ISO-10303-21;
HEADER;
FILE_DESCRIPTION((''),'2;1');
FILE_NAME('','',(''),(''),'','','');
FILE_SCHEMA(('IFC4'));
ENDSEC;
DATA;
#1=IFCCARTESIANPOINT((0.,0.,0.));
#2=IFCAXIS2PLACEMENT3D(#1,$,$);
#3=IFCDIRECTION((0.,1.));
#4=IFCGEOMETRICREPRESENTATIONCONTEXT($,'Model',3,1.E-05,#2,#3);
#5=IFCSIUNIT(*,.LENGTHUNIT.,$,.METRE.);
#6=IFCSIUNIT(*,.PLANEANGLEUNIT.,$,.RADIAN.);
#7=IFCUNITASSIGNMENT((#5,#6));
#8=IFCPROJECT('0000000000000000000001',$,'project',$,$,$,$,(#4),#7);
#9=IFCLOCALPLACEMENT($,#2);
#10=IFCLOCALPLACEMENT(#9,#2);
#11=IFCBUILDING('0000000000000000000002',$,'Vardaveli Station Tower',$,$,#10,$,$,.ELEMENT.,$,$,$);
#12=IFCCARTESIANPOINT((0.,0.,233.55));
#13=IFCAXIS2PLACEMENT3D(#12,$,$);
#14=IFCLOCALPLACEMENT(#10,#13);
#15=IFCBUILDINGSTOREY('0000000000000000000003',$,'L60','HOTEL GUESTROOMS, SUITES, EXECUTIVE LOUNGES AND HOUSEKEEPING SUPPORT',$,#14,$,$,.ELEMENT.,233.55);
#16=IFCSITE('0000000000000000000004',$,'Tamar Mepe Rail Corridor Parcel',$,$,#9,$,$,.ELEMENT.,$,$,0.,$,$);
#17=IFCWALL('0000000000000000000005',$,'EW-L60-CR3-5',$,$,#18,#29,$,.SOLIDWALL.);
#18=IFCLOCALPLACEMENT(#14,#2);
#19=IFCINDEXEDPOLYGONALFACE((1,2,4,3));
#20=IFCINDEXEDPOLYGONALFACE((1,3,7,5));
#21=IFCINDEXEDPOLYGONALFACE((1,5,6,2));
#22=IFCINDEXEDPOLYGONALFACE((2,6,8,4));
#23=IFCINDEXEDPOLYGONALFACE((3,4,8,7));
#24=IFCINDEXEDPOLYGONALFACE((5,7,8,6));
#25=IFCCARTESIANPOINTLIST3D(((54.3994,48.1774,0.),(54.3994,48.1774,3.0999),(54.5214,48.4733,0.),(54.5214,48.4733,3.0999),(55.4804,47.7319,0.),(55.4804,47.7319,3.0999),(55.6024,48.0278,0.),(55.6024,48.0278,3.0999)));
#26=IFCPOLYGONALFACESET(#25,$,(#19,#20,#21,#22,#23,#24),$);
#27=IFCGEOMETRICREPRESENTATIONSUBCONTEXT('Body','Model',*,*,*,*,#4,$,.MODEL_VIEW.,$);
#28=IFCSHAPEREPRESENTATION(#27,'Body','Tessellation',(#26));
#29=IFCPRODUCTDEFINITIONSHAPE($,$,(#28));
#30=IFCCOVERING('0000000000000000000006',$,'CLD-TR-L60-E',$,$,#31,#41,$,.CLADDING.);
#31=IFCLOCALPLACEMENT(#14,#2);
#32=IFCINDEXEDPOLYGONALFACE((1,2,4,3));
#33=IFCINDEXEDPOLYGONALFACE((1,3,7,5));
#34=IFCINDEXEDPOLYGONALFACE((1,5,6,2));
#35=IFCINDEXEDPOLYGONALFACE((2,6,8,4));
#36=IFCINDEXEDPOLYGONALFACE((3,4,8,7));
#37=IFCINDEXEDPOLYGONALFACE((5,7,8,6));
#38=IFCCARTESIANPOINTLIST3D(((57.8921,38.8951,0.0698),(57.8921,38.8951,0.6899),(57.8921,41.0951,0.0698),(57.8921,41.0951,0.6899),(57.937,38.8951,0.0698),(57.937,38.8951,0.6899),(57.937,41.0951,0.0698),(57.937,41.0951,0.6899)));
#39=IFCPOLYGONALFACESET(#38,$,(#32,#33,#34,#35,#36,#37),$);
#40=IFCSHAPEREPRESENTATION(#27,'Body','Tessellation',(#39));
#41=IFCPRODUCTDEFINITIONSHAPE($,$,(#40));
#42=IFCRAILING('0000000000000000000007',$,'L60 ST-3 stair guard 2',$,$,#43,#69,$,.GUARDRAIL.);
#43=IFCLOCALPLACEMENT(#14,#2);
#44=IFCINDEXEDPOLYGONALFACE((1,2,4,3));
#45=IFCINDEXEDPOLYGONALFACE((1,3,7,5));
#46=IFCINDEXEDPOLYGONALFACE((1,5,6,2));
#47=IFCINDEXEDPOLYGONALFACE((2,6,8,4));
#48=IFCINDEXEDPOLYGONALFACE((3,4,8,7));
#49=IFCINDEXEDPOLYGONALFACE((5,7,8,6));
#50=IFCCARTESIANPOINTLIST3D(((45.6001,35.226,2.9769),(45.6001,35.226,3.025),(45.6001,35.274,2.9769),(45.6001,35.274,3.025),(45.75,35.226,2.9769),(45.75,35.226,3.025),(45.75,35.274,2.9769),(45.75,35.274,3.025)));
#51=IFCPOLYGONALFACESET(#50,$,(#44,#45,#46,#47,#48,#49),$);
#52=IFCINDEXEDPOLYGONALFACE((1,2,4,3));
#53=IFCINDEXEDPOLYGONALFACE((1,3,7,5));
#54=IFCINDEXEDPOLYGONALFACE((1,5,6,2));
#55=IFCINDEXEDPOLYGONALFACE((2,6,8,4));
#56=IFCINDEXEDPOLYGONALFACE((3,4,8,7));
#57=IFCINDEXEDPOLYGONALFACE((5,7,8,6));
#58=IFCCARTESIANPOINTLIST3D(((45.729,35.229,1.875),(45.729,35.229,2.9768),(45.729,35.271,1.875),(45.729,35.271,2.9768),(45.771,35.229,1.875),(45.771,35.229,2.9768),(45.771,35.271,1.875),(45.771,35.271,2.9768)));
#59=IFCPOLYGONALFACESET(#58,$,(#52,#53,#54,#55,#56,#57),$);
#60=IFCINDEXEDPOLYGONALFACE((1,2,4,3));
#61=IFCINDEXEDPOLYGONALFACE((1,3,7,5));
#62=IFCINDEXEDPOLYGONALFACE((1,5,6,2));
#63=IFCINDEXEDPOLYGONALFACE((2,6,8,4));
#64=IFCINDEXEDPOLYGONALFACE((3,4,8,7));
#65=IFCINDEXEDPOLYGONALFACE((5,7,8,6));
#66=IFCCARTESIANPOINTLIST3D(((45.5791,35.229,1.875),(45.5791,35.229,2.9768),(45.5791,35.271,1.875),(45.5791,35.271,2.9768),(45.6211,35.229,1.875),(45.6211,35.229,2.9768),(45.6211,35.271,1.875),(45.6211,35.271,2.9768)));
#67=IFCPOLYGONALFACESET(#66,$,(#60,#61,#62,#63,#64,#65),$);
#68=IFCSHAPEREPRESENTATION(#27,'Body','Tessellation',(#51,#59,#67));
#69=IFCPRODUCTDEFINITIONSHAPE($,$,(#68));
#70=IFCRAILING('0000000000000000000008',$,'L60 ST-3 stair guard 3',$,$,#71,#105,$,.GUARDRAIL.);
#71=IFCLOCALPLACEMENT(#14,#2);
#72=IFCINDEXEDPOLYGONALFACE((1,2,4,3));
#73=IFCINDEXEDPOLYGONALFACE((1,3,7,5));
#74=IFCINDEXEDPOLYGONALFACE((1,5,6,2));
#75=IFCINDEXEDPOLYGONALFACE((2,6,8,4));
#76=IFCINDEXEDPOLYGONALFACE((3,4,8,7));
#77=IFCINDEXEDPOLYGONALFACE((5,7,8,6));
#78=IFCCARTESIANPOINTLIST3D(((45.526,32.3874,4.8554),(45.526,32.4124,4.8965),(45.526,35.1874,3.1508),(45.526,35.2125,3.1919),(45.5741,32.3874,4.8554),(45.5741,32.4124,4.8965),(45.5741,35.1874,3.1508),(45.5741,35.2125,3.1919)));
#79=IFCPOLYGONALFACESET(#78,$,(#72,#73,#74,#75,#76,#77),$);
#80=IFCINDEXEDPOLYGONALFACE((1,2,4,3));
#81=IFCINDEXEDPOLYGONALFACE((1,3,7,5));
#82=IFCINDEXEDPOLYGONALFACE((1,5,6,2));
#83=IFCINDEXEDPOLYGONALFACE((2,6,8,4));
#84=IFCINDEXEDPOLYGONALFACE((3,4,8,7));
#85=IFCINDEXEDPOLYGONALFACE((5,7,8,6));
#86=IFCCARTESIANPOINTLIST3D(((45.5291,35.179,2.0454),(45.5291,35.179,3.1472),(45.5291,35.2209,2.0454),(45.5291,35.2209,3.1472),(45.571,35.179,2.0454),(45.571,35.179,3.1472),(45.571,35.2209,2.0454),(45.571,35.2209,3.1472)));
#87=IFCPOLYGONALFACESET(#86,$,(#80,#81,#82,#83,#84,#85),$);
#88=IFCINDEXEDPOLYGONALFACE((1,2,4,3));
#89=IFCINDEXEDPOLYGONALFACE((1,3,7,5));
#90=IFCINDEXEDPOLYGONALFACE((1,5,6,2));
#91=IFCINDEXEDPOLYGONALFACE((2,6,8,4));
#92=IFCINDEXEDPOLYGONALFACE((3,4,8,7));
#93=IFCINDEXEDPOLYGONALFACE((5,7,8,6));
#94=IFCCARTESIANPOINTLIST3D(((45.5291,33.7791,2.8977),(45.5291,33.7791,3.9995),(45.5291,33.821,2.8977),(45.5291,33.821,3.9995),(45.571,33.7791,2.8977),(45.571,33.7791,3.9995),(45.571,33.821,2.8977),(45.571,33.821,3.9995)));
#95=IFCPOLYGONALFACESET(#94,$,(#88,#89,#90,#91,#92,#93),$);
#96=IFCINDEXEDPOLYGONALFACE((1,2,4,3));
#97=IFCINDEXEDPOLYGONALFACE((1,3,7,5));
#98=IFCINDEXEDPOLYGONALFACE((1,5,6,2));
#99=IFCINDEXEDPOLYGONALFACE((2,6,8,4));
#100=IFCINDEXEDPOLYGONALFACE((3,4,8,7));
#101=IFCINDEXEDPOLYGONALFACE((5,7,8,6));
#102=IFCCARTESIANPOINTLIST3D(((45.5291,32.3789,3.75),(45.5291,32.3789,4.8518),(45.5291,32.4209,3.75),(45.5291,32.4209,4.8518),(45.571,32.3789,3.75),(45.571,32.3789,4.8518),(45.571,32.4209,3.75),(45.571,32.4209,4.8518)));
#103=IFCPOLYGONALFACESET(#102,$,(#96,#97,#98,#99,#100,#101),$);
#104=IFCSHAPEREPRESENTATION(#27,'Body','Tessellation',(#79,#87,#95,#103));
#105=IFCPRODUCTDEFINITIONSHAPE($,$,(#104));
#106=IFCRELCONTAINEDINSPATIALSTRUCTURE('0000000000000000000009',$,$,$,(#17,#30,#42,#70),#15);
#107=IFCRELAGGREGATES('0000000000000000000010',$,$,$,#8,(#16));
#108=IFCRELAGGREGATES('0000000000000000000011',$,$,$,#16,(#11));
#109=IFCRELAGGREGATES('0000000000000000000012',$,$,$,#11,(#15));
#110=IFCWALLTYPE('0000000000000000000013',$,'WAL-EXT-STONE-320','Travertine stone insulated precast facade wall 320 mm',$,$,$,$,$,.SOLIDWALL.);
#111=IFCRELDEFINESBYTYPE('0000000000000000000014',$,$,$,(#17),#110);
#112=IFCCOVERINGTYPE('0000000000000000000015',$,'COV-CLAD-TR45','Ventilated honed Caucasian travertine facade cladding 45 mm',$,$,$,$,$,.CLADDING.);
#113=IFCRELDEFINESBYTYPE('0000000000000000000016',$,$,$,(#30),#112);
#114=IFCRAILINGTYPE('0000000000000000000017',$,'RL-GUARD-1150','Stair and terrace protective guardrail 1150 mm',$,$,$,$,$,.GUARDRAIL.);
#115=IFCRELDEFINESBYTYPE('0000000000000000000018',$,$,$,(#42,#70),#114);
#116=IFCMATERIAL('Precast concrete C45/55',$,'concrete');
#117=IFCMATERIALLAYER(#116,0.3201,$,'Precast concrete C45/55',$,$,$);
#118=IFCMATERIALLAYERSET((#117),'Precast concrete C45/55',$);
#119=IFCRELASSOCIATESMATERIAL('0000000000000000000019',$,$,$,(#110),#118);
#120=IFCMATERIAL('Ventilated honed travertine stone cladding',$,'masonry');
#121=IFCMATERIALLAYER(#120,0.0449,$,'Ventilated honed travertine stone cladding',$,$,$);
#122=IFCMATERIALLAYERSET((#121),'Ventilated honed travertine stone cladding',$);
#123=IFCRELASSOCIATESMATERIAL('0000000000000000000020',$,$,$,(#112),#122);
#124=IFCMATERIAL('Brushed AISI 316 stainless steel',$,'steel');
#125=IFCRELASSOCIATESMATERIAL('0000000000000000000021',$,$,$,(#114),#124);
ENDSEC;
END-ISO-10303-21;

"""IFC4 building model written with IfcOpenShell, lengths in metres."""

from ifc_helpers import new_model, si_unit, direction, frame, frame_2d, origin, origin_2d, place, context, subcontext, project, spatial, rectangle, extrude, source, transform, mapped, material, layer, layer_set, type_object, element, save


model = new_model("IFC4")

# Units and contexts
model_context = context("Model", 3, precision=1e-05, world=origin(), true_north=direction((0.0, 1.0)))
body_context = subcontext(model_context, "Body", "Model", "MODEL_VIEW")
ifc_project = project(units=[si_unit("LENGTHUNIT", "METRE"), si_unit("PLANEANGLEUNIT", "RADIAN")], contexts=[model_context])

# Site, building, storey
site_placement = place(None, origin())
site = spatial("IfcSite", under=ifc_project, at=site_placement, Name="Tamar Mepe Rail Corridor Parcel", CompositionType="ELEMENT", RefElevation=0.0)
building_placement = place(site_placement, origin())
building = spatial("IfcBuilding", under=site, at=building_placement, Name="Vardaveli Station Tower", CompositionType="ELEMENT")
storey_placement = place(building_placement, frame((0.0, 0.0, 233.55)))
storey = spatial("IfcBuildingStorey", under=building, at=storey_placement, Name="L60", Description="HOTEL GUESTROOMS, SUITES, EXECUTIVE LOUNGES AND HOUSEKEEPING SUPPORT", CompositionType="ELEMENT", Elevation=233.55)

# Shared definitions
ifc_material_1 = material(Name="Precast concrete C45/55", Category="concrete")

# Shared definitions
ifc_layer_1 = layer(ifc_material_1, 0.3201, Name="Precast concrete C45/55")
ifc_layer_set_1 = layer_set([ifc_layer_1], Name="Precast concrete C45/55")
wall_type = type_object("IfcWallType", Name="WAL-EXT-STONE-320", Description="Travertine stone insulated precast facade wall 320 mm", PredefinedType="SOLIDWALL", material=ifc_layer_set_1)

# Wall
shared_shape_1 = source(origin(), body_context, "Body", "SweptSolid", [
    extrude(rectangle(XDim=1.1692, YDim=0.3201, at=frame_2d((0.5845, 0.0))), origin(), (0.0, 0.0, 1.0), 3.0999),
])
for number, where, z_axis, x_axis, name in (
    (1, (55.5413, 47.8799, 0.0), (0.0, 0.0, 1.0), (-0.924553, 0.381054, 0.0), "EW-L60-CR3-5"),
):
    element("IfcWall", number, at=place(storey_placement, frame(where, z_axis=z_axis, x_axis=x_axis)), inside=storey, type_object=wall_type, Name=name, PredefinedType="SOLIDWALL", context=body_context, shape_type="MappedRepresentation", body=[
        mapped(shared_shape_1, transform((0.0, 0.0, 0.0), scale=1.0)),
    ])

# Covering
ifc_material_2 = material(Name="Ventilated honed travertine stone cladding", Category="masonry")
ifc_layer_2 = layer(ifc_material_2, 0.0449, Name="Ventilated honed travertine stone cladding")
ifc_layer_set_2 = layer_set([ifc_layer_2], Name="Ventilated honed travertine stone cladding")
covering_type = type_object("IfcCoveringType", Name="COV-CLAD-TR45", Description="Ventilated honed Caucasian travertine facade cladding 45 mm", PredefinedType="CLADDING", material=ifc_layer_set_2)
shared_shape_2 = source(origin(), body_context, "Body", "SweptSolid", [
    extrude(rectangle(XDim=2.2, YDim=0.0449, at=origin_2d()), origin(), (0.0, 0.0, 1.0), 0.6201),
])
covering_placement = place(storey_placement, frame((57.9146, 39.9951, 0.0698), z_axis=(0.0, 0.0, 1.0), x_axis=(0.0, 1.0, 0.0)))
element("IfcCovering", 2, at=covering_placement, inside=storey, type_object=covering_type, Name="CLD-TR-L60-E", PredefinedType="CLADDING", context=body_context, shape_type="MappedRepresentation", body=[
    mapped(shared_shape_2, transform((0.0, 0.0, 0.0), scale=1.0)),
])

# Railings
ifc_material_3 = material(Name="Brushed AISI 316 stainless steel", Category="steel")
railing_type = type_object("IfcRailingType", Name="RL-GUARD-1150", Description="Stair and terrace protective guardrail 1150 mm", PredefinedType="GUARDRAIL", material=ifc_material_3)
shared_shape_3 = source(origin(), body_context, "Body", "SweptSolid", [
    extrude(rectangle(XDim=0.0481, YDim=0.0481, at=origin_2d()), frame((0.0, 0.0, 1.126), z_axis=(-1.0, 0.0, 0.0), x_axis=(0.0, -1.0, 0.0)), (0.0, 0.0, 1.0), 0.1499),
    extrude(rectangle(XDim=0.042, YDim=0.042, at=origin_2d()), origin(), (0.0, 0.0, 1.0), 1.1018),
    extrude(rectangle(XDim=0.042, YDim=0.042, at=origin_2d()), frame((-0.1499, 0.0, 0.0)), (0.0, 0.0, 1.0), 1.1018),
])
railing_1_placement = place(storey_placement, frame((45.75, 35.25, 1.875)))
element("IfcRailing", 3, at=railing_1_placement, inside=storey, type_object=railing_type, Name="L60 ST-3 stair guard 2", PredefinedType="GUARDRAIL", context=body_context, shape_type="MappedRepresentation", body=[
    mapped(shared_shape_3, transform((0.0, 0.0, 0.0), scale=1.0)),
])
shared_shape_4 = source(origin(), body_context, "Body", "SweptSolid", [
    extrude(rectangle(XDim=0.0481, YDim=0.0481, at=origin_2d()), frame((0.0, 0.0, 1.126), z_axis=(0.0, -0.85417, 0.519994), x_axis=(1.0, 0.0, 0.0)), (0.0, 0.0, 1.0), 3.2781),
    extrude(rectangle(XDim=0.042, YDim=0.042, at=origin_2d()), origin(), (0.0, 0.0, 1.0), 1.1018),
    extrude(rectangle(XDim=0.042, YDim=0.042, at=origin_2d()), frame((0.0, -1.3999, 0.8523)), (0.0, 0.0, 1.0), 1.1018),
    extrude(rectangle(XDim=0.042, YDim=0.042, at=origin_2d()), frame((0.0, -2.8, 1.7046)), (0.0, 0.0, 1.0), 1.1018),
])
railing_2_placement = place(storey_placement, frame((45.55, 35.2, 2.0454)))
element("IfcRailing", 4, at=railing_2_placement, inside=storey, type_object=railing_type, Name="L60 ST-3 stair guard 3", PredefinedType="GUARDRAIL", context=body_context, shape_type="MappedRepresentation", body=[
    mapped(shared_shape_4, transform((0.0, 0.0, 0.0), scale=1.0)),
])

save(model, "model.ifc")
